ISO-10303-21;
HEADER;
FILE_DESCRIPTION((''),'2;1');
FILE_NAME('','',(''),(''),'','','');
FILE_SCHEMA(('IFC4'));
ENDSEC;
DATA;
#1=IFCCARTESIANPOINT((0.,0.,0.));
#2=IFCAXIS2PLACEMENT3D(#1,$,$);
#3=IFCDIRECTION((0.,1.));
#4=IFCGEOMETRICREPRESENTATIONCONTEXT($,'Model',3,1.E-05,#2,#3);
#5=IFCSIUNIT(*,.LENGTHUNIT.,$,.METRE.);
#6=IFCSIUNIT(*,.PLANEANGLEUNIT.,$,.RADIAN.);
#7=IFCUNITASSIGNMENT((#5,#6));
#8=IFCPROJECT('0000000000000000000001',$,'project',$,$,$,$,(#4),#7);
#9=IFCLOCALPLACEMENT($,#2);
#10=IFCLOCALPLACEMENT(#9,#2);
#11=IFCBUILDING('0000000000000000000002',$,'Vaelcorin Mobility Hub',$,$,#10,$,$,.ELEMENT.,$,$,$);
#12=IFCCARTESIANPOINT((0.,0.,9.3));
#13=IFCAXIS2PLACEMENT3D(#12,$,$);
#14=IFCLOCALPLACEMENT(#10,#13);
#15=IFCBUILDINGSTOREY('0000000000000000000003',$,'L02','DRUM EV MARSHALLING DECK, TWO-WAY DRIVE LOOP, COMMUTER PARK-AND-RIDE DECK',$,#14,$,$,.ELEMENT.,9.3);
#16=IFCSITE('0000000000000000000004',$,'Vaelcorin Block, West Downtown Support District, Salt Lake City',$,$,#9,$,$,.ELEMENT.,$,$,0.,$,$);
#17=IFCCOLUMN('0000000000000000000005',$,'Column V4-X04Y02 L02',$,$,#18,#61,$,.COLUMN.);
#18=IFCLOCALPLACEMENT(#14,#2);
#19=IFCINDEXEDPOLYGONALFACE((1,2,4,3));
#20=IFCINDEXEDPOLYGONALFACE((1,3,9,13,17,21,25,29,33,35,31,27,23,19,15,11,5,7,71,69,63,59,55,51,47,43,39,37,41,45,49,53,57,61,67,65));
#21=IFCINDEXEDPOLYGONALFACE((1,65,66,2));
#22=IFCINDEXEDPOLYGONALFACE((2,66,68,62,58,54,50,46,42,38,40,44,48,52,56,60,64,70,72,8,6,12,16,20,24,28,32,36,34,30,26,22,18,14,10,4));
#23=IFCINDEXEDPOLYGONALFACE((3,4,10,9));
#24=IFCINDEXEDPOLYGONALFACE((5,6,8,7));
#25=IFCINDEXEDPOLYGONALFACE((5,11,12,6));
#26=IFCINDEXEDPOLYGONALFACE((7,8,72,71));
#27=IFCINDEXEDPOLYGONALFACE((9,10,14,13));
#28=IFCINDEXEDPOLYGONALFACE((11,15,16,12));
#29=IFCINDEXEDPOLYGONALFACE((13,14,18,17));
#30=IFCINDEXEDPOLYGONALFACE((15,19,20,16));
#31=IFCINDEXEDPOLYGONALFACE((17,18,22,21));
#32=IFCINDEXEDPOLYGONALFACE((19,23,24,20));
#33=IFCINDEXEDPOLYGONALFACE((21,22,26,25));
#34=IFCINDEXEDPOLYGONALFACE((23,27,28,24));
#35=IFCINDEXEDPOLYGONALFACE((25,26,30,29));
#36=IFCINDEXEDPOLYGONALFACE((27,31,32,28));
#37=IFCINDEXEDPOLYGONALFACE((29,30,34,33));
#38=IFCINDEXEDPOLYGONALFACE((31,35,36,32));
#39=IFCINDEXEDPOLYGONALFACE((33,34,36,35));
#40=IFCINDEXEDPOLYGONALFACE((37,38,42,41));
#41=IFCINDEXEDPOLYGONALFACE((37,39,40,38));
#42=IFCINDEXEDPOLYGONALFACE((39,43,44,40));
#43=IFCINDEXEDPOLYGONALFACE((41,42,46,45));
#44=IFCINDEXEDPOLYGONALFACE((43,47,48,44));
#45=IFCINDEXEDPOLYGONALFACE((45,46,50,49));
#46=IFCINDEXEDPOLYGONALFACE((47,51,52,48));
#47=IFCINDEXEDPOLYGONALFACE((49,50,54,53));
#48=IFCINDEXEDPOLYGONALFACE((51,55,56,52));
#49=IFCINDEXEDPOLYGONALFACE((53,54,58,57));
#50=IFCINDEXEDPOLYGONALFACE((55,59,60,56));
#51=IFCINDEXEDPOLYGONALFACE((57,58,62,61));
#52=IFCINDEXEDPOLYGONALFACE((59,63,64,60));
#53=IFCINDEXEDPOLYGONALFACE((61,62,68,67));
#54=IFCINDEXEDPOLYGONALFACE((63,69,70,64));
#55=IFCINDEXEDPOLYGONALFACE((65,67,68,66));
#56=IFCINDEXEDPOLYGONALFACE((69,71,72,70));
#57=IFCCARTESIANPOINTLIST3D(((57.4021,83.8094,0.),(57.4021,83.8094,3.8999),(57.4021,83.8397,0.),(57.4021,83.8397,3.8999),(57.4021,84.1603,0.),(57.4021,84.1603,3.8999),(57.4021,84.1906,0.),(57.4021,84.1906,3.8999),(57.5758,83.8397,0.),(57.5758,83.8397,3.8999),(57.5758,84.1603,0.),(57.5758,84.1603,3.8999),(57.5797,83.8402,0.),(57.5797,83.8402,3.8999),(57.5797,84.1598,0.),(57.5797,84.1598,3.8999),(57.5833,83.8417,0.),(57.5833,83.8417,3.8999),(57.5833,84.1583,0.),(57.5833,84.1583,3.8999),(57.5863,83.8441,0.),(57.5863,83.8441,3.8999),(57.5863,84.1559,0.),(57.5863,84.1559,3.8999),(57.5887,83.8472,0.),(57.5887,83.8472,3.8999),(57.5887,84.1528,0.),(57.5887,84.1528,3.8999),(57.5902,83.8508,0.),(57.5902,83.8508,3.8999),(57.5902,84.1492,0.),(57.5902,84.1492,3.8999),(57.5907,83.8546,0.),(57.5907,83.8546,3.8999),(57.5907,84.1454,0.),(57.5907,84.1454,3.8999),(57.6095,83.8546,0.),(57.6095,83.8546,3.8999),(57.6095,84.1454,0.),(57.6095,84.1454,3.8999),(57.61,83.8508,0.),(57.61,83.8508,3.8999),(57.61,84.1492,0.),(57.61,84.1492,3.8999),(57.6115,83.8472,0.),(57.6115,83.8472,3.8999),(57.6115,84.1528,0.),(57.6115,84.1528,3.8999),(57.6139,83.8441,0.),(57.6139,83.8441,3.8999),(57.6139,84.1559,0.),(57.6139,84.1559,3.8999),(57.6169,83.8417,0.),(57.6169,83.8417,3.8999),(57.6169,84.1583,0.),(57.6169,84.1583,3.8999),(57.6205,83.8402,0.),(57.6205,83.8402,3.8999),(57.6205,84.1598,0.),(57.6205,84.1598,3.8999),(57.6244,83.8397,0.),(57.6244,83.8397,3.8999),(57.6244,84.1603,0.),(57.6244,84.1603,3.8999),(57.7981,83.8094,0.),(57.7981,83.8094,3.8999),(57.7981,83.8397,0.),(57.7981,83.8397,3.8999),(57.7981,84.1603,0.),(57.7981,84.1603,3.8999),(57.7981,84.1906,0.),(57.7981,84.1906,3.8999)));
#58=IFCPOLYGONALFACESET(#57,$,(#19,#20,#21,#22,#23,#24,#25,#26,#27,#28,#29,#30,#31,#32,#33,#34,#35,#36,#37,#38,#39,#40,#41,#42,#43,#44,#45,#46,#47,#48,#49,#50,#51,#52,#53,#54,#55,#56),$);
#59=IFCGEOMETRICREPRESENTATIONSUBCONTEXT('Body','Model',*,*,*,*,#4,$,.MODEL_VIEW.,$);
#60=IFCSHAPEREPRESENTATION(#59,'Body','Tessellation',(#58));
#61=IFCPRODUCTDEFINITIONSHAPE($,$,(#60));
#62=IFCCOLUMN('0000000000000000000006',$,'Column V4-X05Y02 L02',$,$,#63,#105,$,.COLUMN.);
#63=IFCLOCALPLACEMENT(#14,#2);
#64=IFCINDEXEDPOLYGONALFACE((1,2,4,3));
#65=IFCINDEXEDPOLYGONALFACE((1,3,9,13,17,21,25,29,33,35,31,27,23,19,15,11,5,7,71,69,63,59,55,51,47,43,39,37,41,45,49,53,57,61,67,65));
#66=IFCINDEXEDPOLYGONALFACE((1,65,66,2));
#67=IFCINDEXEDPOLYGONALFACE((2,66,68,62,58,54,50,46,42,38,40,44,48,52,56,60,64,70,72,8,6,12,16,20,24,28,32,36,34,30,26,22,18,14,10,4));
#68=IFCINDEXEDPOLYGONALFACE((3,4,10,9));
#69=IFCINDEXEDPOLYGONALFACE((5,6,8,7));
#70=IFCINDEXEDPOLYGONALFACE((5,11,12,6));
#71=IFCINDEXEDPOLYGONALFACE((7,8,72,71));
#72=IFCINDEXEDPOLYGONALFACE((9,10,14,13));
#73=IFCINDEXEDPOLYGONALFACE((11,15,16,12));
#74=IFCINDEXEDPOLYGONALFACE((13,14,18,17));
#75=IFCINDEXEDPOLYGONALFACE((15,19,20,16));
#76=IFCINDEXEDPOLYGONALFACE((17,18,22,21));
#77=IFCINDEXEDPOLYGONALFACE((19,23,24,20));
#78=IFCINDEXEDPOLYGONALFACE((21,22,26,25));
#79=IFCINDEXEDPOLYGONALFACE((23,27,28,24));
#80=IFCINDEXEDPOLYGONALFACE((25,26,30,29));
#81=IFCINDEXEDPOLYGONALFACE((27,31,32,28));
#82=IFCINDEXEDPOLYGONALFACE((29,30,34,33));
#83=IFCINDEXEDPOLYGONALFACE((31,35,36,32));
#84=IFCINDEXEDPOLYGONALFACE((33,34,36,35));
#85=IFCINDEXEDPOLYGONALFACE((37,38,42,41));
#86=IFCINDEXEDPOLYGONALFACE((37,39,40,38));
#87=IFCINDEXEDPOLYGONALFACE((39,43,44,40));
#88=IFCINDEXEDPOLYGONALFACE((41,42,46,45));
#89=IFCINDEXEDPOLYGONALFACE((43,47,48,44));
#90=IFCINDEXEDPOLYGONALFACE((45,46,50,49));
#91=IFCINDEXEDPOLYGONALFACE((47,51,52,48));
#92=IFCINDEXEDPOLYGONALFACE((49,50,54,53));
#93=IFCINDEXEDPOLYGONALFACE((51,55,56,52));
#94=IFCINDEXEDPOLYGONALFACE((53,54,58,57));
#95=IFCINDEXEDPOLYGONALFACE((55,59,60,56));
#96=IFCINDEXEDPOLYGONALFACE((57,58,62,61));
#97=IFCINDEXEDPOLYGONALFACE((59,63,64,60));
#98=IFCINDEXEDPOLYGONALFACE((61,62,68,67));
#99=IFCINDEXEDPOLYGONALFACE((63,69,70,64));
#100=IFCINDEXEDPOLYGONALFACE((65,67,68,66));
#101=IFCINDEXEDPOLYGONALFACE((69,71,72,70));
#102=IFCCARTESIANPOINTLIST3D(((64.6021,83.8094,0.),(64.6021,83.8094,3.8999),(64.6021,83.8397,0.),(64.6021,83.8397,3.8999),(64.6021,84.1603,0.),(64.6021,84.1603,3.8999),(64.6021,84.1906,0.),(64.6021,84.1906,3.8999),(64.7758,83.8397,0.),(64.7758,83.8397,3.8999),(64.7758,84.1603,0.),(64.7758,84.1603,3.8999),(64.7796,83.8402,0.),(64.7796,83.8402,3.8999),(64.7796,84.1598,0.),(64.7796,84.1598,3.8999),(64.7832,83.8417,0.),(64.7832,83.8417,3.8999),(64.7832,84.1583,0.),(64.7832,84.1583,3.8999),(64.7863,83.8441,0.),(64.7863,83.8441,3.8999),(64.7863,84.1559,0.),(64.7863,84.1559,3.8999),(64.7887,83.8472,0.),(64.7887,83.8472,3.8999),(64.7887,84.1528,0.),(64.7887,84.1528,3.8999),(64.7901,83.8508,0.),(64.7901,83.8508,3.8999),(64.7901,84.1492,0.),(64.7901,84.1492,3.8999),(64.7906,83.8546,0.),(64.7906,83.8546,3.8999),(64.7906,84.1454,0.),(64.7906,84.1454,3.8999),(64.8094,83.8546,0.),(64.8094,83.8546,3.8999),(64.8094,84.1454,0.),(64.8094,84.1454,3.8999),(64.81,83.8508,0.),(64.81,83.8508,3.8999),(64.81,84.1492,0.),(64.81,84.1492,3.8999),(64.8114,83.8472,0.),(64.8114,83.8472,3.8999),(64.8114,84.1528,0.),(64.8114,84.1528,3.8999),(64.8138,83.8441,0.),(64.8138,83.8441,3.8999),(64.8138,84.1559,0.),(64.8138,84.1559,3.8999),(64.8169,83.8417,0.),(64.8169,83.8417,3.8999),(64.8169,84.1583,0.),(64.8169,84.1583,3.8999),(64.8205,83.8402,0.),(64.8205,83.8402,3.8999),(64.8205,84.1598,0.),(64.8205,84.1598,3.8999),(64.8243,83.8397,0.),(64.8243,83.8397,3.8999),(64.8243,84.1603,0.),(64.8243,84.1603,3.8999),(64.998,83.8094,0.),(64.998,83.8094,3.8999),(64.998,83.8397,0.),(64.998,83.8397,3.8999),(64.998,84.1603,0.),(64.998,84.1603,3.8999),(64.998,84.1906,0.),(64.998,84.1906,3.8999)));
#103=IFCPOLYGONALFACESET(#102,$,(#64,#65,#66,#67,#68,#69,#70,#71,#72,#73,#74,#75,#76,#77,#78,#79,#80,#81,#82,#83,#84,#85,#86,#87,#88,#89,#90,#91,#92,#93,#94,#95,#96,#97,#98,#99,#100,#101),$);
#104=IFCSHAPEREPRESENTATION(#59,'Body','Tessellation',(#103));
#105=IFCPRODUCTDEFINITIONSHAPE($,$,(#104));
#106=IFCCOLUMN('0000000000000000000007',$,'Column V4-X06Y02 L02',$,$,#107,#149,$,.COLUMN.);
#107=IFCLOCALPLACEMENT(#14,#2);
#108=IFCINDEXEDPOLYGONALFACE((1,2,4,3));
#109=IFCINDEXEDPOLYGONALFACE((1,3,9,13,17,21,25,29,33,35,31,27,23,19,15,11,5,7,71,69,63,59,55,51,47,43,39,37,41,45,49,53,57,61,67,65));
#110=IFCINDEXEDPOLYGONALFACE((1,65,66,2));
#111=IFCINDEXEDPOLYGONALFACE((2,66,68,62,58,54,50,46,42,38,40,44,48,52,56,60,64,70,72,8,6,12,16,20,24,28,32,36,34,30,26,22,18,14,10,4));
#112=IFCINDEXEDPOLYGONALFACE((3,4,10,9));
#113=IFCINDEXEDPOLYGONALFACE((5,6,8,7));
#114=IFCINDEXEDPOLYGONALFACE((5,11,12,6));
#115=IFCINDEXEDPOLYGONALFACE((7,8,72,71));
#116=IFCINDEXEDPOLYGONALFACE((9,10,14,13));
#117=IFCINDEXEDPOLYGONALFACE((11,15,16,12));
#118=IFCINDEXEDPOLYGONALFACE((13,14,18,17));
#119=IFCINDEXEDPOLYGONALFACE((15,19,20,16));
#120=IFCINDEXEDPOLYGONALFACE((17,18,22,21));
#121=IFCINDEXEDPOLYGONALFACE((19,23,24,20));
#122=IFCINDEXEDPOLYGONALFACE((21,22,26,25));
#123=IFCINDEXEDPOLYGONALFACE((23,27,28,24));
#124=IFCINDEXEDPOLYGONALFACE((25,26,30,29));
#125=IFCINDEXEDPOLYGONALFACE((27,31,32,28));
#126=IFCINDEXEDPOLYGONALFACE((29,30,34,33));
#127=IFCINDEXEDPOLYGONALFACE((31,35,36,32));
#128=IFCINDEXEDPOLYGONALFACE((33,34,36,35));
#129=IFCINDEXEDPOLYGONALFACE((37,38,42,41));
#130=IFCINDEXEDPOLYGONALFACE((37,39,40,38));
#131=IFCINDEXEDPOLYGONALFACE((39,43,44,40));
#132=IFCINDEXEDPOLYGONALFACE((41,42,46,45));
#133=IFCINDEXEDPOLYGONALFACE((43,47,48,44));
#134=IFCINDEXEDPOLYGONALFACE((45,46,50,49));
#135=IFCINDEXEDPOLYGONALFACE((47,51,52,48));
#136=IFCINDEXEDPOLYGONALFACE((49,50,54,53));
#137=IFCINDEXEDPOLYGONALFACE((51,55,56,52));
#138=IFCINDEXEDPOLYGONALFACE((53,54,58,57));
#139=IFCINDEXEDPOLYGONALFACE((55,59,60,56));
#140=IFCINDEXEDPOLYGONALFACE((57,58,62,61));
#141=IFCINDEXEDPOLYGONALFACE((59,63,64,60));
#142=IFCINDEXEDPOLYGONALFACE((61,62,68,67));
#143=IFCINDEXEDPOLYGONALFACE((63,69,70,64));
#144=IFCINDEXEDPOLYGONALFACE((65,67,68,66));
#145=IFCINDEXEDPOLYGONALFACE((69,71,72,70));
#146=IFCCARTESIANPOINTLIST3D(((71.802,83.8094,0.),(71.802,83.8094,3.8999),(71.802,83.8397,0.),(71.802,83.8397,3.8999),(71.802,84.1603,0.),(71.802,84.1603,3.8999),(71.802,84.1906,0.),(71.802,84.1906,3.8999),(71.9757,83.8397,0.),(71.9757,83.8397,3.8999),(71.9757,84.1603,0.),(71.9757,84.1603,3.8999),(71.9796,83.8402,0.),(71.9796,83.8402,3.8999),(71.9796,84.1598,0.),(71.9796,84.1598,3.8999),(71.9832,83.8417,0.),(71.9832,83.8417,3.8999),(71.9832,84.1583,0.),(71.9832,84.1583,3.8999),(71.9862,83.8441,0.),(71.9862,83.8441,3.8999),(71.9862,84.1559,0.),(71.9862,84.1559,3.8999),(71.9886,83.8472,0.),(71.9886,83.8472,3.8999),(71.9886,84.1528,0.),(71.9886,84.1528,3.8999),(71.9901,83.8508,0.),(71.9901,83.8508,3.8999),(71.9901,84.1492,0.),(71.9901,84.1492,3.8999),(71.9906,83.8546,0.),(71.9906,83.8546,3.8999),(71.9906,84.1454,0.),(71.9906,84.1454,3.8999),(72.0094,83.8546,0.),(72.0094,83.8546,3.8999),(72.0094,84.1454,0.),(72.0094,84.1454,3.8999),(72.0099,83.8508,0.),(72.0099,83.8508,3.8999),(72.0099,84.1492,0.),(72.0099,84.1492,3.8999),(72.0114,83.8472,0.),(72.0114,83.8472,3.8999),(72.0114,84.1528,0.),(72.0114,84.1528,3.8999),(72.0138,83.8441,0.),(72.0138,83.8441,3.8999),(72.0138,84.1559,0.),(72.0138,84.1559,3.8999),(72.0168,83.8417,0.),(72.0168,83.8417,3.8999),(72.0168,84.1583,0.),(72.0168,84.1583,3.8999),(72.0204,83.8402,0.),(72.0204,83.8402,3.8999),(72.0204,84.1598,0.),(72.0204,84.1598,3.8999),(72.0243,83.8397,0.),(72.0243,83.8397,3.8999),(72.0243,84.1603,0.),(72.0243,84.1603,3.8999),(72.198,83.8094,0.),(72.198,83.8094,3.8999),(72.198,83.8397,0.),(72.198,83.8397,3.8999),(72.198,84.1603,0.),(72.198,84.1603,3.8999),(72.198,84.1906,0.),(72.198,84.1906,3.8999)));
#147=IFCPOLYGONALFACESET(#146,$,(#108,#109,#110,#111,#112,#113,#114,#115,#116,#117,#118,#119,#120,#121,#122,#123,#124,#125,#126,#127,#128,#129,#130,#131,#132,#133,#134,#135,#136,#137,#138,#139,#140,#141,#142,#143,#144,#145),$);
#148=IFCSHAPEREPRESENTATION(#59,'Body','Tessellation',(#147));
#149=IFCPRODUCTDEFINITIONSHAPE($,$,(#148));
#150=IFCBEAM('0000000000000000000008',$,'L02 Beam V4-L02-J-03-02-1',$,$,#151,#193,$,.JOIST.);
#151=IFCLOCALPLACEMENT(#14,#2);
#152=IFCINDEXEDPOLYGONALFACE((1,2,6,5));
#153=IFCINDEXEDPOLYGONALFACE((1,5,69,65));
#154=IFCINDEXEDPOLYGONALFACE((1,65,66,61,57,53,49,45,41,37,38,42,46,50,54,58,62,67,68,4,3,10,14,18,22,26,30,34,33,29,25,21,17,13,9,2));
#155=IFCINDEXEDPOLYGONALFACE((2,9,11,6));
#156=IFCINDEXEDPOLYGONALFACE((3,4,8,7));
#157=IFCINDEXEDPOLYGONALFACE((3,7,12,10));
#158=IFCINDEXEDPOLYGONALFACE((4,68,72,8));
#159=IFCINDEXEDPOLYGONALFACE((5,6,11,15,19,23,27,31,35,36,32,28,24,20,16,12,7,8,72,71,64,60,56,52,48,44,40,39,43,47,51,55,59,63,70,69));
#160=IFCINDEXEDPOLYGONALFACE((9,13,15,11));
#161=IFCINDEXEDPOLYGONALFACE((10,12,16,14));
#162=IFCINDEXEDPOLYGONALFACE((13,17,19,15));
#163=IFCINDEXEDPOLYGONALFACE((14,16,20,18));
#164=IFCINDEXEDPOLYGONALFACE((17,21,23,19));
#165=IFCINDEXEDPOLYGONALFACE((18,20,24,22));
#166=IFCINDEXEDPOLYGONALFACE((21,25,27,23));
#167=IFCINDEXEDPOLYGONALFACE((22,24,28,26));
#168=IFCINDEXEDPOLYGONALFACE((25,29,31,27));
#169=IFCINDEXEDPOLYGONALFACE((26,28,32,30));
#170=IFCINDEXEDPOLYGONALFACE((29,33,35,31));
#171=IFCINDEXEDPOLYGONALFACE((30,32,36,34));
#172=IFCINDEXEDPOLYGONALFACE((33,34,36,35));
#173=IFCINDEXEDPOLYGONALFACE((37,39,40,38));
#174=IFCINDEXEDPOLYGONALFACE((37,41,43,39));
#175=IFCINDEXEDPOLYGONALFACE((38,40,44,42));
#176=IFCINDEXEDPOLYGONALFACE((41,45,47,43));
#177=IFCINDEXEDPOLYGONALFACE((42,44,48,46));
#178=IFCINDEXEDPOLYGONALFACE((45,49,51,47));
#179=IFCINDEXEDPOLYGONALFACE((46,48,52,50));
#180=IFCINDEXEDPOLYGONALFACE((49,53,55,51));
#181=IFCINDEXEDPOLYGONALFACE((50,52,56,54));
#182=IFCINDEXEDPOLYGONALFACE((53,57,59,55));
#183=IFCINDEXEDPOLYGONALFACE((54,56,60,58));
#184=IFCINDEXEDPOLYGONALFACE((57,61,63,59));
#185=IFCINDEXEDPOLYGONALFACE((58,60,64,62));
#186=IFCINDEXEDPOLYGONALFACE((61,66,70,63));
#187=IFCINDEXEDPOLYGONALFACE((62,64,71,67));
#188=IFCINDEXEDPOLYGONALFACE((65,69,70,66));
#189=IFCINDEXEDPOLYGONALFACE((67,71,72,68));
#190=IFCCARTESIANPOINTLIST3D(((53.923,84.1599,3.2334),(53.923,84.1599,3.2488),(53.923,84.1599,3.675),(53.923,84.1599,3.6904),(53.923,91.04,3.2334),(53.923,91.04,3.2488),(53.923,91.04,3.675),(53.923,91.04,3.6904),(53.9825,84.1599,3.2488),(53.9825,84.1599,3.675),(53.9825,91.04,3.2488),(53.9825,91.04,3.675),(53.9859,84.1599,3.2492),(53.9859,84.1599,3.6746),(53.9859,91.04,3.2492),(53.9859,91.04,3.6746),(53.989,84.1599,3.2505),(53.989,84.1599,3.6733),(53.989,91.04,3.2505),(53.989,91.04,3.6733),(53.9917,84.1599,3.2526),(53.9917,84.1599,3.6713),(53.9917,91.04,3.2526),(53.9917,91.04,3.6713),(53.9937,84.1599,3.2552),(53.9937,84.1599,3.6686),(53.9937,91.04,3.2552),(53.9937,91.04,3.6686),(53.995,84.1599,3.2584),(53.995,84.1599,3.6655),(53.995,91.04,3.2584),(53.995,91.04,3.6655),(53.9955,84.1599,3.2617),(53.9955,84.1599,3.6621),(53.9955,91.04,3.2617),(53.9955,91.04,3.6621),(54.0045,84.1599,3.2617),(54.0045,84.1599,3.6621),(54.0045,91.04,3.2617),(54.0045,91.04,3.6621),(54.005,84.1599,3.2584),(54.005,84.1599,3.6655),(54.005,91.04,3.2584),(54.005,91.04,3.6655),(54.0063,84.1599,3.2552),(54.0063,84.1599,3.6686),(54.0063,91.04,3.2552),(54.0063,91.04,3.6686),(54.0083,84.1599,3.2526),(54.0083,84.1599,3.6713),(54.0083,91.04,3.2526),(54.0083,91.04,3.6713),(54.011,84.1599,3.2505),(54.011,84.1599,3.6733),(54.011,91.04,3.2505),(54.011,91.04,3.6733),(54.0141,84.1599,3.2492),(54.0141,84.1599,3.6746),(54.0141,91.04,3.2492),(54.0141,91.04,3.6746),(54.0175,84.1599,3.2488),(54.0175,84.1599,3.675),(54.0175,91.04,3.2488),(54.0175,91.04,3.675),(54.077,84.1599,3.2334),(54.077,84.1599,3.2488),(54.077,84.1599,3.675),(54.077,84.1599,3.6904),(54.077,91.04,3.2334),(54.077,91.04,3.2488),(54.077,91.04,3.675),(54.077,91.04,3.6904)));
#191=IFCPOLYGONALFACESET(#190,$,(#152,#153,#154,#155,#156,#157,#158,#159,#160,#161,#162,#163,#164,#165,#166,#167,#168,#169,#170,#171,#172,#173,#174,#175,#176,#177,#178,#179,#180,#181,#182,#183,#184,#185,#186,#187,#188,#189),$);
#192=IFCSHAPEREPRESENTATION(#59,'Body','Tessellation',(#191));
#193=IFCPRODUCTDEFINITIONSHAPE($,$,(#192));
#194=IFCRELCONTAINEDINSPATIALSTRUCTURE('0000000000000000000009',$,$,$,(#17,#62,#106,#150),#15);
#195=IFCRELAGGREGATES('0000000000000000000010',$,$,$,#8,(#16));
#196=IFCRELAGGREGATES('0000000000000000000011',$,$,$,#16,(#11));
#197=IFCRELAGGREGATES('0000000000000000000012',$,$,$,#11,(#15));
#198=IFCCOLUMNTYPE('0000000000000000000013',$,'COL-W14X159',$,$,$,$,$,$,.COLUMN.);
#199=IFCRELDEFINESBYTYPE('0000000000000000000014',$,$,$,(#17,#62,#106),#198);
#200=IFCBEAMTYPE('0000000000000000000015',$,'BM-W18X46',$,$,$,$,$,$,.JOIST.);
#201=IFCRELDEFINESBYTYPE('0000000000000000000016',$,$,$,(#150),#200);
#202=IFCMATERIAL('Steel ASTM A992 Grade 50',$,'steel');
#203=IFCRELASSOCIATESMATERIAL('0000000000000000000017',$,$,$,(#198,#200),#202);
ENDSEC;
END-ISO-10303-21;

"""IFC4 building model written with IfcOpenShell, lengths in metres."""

from ifc_helpers import new_model, si_unit, direction, frame, origin, origin_2d, place, context, subcontext, project, spatial, i_section, extrude, material, material_profile, profile_set, type_object, element, save


model = new_model("IFC4")

# Units and contexts
model_context = context("Model", 3, precision=1e-05, world=origin(), true_north=direction((0.0, 1.0)))
body_context = subcontext(model_context, "Body", "Model", "MODEL_VIEW")
ifc_project = project(units=[si_unit("LENGTHUNIT", "METRE"), si_unit("PLANEANGLEUNIT", "RADIAN")], contexts=[model_context])

# Site, building, storey
site_placement = place(None, origin())
site = spatial("IfcSite", under=ifc_project, at=site_placement, Name="Vaelcorin Block, West Downtown Support District, Salt Lake City", CompositionType="ELEMENT", RefElevation=0.0)
building_placement = place(site_placement, origin())
building = spatial("IfcBuilding", under=site, at=building_placement, Name="Vaelcorin Mobility Hub", CompositionType="ELEMENT")
storey_placement = place(building_placement, frame((0.0, 0.0, 9.3)))
storey = spatial("IfcBuildingStorey", under=building, at=storey_placement, Name="L02", Description="DRUM EV MARSHALLING DECK, TWO-WAY DRIVE LOOP, COMMUTER PARK-AND-RIDE DECK", CompositionType="ELEMENT", Elevation=9.3)

# Columns
ifc_material_1 = material(Name="Steel ASTM A992 Grade 50", Category="steel")
ifc_material_profile_1 = material_profile(ifc_material_1, i_section(OverallWidth=0.396, OverallDepth=0.3811, WebThickness=0.0188, FlangeThickness=0.0303, FilletRadius=0.0149, at=origin_2d()), Name="W14X159")
ifc_profile_set_1 = profile_set([ifc_material_profile_1], Name="Steel ASTM A992 Grade 50")
column_type_1 = type_object("IfcColumnType", Name="COL-W14X159", PredefinedType="COLUMN", material=ifc_profile_set_1)
for number, where, z_axis, x_axis, name in (
    (1, (57.6001, 84.0, 0.0), (0.0, 0.0, 1.0), (1.0, 0.0, 0.0), "Column V4-X04Y02 L02"),
    (2, (64.8, 84.0, 0.0), (0.0, 0.0, 1.0), (1.0, 0.0, 0.0), "Column V4-X05Y02 L02"),
    (3, (72.0, 84.0, 0.0), (0.0, 0.0, 1.0), (1.0, 0.0, 0.0), "Column V4-X06Y02 L02"),
):
    element("IfcColumn", number, at=place(storey_placement, frame(where, z_axis=z_axis, x_axis=x_axis)), inside=storey, type_object=column_type_1, Name=name, PredefinedType="COLUMN", context=body_context, shape_type="SweptSolid", body=[
        extrude(i_section(OverallWidth=0.396, OverallDepth=0.3811, WebThickness=0.0188, FlangeThickness=0.0303, FilletRadius=0.0149, at=origin_2d()), origin(), (0.0, 0.0, 1.0), 3.8999),
    ])

# Beam
ifc_material_profile_2 = material_profile(ifc_material_1, i_section(OverallWidth=0.1541, OverallDepth=0.457, WebThickness=0.009, FlangeThickness=0.0154, FilletRadius=0.0129, at=origin_2d()), Name="W18X46")
ifc_profile_set_2 = profile_set([ifc_material_profile_2], Name="Steel ASTM A992 Grade 50")
beam_type_1 = type_object("IfcBeamType", Name="BM-W18X46", PredefinedType="JOIST", material=ifc_profile_set_2)
beam_1_placement = place(storey_placement, frame((54.0, 84.1599, 3.4619), z_axis=(0.0, 1.0, 0.0), x_axis=(-1.0, 0.0, 0.0)))
element("IfcBeam", 4, at=beam_1_placement, inside=storey, type_object=beam_type_1, Name="L02 Beam V4-L02-J-03-02-1", PredefinedType="JOIST", context=body_context, shape_type="SweptSolid", body=[
    extrude(i_section(OverallWidth=0.1541, OverallDepth=0.457, WebThickness=0.009, FlangeThickness=0.0154, FilletRadius=0.0129, at=origin_2d()), origin(), (0.0, 0.0, 1.0), 6.8801),
])

save(model, "model.ifc")
